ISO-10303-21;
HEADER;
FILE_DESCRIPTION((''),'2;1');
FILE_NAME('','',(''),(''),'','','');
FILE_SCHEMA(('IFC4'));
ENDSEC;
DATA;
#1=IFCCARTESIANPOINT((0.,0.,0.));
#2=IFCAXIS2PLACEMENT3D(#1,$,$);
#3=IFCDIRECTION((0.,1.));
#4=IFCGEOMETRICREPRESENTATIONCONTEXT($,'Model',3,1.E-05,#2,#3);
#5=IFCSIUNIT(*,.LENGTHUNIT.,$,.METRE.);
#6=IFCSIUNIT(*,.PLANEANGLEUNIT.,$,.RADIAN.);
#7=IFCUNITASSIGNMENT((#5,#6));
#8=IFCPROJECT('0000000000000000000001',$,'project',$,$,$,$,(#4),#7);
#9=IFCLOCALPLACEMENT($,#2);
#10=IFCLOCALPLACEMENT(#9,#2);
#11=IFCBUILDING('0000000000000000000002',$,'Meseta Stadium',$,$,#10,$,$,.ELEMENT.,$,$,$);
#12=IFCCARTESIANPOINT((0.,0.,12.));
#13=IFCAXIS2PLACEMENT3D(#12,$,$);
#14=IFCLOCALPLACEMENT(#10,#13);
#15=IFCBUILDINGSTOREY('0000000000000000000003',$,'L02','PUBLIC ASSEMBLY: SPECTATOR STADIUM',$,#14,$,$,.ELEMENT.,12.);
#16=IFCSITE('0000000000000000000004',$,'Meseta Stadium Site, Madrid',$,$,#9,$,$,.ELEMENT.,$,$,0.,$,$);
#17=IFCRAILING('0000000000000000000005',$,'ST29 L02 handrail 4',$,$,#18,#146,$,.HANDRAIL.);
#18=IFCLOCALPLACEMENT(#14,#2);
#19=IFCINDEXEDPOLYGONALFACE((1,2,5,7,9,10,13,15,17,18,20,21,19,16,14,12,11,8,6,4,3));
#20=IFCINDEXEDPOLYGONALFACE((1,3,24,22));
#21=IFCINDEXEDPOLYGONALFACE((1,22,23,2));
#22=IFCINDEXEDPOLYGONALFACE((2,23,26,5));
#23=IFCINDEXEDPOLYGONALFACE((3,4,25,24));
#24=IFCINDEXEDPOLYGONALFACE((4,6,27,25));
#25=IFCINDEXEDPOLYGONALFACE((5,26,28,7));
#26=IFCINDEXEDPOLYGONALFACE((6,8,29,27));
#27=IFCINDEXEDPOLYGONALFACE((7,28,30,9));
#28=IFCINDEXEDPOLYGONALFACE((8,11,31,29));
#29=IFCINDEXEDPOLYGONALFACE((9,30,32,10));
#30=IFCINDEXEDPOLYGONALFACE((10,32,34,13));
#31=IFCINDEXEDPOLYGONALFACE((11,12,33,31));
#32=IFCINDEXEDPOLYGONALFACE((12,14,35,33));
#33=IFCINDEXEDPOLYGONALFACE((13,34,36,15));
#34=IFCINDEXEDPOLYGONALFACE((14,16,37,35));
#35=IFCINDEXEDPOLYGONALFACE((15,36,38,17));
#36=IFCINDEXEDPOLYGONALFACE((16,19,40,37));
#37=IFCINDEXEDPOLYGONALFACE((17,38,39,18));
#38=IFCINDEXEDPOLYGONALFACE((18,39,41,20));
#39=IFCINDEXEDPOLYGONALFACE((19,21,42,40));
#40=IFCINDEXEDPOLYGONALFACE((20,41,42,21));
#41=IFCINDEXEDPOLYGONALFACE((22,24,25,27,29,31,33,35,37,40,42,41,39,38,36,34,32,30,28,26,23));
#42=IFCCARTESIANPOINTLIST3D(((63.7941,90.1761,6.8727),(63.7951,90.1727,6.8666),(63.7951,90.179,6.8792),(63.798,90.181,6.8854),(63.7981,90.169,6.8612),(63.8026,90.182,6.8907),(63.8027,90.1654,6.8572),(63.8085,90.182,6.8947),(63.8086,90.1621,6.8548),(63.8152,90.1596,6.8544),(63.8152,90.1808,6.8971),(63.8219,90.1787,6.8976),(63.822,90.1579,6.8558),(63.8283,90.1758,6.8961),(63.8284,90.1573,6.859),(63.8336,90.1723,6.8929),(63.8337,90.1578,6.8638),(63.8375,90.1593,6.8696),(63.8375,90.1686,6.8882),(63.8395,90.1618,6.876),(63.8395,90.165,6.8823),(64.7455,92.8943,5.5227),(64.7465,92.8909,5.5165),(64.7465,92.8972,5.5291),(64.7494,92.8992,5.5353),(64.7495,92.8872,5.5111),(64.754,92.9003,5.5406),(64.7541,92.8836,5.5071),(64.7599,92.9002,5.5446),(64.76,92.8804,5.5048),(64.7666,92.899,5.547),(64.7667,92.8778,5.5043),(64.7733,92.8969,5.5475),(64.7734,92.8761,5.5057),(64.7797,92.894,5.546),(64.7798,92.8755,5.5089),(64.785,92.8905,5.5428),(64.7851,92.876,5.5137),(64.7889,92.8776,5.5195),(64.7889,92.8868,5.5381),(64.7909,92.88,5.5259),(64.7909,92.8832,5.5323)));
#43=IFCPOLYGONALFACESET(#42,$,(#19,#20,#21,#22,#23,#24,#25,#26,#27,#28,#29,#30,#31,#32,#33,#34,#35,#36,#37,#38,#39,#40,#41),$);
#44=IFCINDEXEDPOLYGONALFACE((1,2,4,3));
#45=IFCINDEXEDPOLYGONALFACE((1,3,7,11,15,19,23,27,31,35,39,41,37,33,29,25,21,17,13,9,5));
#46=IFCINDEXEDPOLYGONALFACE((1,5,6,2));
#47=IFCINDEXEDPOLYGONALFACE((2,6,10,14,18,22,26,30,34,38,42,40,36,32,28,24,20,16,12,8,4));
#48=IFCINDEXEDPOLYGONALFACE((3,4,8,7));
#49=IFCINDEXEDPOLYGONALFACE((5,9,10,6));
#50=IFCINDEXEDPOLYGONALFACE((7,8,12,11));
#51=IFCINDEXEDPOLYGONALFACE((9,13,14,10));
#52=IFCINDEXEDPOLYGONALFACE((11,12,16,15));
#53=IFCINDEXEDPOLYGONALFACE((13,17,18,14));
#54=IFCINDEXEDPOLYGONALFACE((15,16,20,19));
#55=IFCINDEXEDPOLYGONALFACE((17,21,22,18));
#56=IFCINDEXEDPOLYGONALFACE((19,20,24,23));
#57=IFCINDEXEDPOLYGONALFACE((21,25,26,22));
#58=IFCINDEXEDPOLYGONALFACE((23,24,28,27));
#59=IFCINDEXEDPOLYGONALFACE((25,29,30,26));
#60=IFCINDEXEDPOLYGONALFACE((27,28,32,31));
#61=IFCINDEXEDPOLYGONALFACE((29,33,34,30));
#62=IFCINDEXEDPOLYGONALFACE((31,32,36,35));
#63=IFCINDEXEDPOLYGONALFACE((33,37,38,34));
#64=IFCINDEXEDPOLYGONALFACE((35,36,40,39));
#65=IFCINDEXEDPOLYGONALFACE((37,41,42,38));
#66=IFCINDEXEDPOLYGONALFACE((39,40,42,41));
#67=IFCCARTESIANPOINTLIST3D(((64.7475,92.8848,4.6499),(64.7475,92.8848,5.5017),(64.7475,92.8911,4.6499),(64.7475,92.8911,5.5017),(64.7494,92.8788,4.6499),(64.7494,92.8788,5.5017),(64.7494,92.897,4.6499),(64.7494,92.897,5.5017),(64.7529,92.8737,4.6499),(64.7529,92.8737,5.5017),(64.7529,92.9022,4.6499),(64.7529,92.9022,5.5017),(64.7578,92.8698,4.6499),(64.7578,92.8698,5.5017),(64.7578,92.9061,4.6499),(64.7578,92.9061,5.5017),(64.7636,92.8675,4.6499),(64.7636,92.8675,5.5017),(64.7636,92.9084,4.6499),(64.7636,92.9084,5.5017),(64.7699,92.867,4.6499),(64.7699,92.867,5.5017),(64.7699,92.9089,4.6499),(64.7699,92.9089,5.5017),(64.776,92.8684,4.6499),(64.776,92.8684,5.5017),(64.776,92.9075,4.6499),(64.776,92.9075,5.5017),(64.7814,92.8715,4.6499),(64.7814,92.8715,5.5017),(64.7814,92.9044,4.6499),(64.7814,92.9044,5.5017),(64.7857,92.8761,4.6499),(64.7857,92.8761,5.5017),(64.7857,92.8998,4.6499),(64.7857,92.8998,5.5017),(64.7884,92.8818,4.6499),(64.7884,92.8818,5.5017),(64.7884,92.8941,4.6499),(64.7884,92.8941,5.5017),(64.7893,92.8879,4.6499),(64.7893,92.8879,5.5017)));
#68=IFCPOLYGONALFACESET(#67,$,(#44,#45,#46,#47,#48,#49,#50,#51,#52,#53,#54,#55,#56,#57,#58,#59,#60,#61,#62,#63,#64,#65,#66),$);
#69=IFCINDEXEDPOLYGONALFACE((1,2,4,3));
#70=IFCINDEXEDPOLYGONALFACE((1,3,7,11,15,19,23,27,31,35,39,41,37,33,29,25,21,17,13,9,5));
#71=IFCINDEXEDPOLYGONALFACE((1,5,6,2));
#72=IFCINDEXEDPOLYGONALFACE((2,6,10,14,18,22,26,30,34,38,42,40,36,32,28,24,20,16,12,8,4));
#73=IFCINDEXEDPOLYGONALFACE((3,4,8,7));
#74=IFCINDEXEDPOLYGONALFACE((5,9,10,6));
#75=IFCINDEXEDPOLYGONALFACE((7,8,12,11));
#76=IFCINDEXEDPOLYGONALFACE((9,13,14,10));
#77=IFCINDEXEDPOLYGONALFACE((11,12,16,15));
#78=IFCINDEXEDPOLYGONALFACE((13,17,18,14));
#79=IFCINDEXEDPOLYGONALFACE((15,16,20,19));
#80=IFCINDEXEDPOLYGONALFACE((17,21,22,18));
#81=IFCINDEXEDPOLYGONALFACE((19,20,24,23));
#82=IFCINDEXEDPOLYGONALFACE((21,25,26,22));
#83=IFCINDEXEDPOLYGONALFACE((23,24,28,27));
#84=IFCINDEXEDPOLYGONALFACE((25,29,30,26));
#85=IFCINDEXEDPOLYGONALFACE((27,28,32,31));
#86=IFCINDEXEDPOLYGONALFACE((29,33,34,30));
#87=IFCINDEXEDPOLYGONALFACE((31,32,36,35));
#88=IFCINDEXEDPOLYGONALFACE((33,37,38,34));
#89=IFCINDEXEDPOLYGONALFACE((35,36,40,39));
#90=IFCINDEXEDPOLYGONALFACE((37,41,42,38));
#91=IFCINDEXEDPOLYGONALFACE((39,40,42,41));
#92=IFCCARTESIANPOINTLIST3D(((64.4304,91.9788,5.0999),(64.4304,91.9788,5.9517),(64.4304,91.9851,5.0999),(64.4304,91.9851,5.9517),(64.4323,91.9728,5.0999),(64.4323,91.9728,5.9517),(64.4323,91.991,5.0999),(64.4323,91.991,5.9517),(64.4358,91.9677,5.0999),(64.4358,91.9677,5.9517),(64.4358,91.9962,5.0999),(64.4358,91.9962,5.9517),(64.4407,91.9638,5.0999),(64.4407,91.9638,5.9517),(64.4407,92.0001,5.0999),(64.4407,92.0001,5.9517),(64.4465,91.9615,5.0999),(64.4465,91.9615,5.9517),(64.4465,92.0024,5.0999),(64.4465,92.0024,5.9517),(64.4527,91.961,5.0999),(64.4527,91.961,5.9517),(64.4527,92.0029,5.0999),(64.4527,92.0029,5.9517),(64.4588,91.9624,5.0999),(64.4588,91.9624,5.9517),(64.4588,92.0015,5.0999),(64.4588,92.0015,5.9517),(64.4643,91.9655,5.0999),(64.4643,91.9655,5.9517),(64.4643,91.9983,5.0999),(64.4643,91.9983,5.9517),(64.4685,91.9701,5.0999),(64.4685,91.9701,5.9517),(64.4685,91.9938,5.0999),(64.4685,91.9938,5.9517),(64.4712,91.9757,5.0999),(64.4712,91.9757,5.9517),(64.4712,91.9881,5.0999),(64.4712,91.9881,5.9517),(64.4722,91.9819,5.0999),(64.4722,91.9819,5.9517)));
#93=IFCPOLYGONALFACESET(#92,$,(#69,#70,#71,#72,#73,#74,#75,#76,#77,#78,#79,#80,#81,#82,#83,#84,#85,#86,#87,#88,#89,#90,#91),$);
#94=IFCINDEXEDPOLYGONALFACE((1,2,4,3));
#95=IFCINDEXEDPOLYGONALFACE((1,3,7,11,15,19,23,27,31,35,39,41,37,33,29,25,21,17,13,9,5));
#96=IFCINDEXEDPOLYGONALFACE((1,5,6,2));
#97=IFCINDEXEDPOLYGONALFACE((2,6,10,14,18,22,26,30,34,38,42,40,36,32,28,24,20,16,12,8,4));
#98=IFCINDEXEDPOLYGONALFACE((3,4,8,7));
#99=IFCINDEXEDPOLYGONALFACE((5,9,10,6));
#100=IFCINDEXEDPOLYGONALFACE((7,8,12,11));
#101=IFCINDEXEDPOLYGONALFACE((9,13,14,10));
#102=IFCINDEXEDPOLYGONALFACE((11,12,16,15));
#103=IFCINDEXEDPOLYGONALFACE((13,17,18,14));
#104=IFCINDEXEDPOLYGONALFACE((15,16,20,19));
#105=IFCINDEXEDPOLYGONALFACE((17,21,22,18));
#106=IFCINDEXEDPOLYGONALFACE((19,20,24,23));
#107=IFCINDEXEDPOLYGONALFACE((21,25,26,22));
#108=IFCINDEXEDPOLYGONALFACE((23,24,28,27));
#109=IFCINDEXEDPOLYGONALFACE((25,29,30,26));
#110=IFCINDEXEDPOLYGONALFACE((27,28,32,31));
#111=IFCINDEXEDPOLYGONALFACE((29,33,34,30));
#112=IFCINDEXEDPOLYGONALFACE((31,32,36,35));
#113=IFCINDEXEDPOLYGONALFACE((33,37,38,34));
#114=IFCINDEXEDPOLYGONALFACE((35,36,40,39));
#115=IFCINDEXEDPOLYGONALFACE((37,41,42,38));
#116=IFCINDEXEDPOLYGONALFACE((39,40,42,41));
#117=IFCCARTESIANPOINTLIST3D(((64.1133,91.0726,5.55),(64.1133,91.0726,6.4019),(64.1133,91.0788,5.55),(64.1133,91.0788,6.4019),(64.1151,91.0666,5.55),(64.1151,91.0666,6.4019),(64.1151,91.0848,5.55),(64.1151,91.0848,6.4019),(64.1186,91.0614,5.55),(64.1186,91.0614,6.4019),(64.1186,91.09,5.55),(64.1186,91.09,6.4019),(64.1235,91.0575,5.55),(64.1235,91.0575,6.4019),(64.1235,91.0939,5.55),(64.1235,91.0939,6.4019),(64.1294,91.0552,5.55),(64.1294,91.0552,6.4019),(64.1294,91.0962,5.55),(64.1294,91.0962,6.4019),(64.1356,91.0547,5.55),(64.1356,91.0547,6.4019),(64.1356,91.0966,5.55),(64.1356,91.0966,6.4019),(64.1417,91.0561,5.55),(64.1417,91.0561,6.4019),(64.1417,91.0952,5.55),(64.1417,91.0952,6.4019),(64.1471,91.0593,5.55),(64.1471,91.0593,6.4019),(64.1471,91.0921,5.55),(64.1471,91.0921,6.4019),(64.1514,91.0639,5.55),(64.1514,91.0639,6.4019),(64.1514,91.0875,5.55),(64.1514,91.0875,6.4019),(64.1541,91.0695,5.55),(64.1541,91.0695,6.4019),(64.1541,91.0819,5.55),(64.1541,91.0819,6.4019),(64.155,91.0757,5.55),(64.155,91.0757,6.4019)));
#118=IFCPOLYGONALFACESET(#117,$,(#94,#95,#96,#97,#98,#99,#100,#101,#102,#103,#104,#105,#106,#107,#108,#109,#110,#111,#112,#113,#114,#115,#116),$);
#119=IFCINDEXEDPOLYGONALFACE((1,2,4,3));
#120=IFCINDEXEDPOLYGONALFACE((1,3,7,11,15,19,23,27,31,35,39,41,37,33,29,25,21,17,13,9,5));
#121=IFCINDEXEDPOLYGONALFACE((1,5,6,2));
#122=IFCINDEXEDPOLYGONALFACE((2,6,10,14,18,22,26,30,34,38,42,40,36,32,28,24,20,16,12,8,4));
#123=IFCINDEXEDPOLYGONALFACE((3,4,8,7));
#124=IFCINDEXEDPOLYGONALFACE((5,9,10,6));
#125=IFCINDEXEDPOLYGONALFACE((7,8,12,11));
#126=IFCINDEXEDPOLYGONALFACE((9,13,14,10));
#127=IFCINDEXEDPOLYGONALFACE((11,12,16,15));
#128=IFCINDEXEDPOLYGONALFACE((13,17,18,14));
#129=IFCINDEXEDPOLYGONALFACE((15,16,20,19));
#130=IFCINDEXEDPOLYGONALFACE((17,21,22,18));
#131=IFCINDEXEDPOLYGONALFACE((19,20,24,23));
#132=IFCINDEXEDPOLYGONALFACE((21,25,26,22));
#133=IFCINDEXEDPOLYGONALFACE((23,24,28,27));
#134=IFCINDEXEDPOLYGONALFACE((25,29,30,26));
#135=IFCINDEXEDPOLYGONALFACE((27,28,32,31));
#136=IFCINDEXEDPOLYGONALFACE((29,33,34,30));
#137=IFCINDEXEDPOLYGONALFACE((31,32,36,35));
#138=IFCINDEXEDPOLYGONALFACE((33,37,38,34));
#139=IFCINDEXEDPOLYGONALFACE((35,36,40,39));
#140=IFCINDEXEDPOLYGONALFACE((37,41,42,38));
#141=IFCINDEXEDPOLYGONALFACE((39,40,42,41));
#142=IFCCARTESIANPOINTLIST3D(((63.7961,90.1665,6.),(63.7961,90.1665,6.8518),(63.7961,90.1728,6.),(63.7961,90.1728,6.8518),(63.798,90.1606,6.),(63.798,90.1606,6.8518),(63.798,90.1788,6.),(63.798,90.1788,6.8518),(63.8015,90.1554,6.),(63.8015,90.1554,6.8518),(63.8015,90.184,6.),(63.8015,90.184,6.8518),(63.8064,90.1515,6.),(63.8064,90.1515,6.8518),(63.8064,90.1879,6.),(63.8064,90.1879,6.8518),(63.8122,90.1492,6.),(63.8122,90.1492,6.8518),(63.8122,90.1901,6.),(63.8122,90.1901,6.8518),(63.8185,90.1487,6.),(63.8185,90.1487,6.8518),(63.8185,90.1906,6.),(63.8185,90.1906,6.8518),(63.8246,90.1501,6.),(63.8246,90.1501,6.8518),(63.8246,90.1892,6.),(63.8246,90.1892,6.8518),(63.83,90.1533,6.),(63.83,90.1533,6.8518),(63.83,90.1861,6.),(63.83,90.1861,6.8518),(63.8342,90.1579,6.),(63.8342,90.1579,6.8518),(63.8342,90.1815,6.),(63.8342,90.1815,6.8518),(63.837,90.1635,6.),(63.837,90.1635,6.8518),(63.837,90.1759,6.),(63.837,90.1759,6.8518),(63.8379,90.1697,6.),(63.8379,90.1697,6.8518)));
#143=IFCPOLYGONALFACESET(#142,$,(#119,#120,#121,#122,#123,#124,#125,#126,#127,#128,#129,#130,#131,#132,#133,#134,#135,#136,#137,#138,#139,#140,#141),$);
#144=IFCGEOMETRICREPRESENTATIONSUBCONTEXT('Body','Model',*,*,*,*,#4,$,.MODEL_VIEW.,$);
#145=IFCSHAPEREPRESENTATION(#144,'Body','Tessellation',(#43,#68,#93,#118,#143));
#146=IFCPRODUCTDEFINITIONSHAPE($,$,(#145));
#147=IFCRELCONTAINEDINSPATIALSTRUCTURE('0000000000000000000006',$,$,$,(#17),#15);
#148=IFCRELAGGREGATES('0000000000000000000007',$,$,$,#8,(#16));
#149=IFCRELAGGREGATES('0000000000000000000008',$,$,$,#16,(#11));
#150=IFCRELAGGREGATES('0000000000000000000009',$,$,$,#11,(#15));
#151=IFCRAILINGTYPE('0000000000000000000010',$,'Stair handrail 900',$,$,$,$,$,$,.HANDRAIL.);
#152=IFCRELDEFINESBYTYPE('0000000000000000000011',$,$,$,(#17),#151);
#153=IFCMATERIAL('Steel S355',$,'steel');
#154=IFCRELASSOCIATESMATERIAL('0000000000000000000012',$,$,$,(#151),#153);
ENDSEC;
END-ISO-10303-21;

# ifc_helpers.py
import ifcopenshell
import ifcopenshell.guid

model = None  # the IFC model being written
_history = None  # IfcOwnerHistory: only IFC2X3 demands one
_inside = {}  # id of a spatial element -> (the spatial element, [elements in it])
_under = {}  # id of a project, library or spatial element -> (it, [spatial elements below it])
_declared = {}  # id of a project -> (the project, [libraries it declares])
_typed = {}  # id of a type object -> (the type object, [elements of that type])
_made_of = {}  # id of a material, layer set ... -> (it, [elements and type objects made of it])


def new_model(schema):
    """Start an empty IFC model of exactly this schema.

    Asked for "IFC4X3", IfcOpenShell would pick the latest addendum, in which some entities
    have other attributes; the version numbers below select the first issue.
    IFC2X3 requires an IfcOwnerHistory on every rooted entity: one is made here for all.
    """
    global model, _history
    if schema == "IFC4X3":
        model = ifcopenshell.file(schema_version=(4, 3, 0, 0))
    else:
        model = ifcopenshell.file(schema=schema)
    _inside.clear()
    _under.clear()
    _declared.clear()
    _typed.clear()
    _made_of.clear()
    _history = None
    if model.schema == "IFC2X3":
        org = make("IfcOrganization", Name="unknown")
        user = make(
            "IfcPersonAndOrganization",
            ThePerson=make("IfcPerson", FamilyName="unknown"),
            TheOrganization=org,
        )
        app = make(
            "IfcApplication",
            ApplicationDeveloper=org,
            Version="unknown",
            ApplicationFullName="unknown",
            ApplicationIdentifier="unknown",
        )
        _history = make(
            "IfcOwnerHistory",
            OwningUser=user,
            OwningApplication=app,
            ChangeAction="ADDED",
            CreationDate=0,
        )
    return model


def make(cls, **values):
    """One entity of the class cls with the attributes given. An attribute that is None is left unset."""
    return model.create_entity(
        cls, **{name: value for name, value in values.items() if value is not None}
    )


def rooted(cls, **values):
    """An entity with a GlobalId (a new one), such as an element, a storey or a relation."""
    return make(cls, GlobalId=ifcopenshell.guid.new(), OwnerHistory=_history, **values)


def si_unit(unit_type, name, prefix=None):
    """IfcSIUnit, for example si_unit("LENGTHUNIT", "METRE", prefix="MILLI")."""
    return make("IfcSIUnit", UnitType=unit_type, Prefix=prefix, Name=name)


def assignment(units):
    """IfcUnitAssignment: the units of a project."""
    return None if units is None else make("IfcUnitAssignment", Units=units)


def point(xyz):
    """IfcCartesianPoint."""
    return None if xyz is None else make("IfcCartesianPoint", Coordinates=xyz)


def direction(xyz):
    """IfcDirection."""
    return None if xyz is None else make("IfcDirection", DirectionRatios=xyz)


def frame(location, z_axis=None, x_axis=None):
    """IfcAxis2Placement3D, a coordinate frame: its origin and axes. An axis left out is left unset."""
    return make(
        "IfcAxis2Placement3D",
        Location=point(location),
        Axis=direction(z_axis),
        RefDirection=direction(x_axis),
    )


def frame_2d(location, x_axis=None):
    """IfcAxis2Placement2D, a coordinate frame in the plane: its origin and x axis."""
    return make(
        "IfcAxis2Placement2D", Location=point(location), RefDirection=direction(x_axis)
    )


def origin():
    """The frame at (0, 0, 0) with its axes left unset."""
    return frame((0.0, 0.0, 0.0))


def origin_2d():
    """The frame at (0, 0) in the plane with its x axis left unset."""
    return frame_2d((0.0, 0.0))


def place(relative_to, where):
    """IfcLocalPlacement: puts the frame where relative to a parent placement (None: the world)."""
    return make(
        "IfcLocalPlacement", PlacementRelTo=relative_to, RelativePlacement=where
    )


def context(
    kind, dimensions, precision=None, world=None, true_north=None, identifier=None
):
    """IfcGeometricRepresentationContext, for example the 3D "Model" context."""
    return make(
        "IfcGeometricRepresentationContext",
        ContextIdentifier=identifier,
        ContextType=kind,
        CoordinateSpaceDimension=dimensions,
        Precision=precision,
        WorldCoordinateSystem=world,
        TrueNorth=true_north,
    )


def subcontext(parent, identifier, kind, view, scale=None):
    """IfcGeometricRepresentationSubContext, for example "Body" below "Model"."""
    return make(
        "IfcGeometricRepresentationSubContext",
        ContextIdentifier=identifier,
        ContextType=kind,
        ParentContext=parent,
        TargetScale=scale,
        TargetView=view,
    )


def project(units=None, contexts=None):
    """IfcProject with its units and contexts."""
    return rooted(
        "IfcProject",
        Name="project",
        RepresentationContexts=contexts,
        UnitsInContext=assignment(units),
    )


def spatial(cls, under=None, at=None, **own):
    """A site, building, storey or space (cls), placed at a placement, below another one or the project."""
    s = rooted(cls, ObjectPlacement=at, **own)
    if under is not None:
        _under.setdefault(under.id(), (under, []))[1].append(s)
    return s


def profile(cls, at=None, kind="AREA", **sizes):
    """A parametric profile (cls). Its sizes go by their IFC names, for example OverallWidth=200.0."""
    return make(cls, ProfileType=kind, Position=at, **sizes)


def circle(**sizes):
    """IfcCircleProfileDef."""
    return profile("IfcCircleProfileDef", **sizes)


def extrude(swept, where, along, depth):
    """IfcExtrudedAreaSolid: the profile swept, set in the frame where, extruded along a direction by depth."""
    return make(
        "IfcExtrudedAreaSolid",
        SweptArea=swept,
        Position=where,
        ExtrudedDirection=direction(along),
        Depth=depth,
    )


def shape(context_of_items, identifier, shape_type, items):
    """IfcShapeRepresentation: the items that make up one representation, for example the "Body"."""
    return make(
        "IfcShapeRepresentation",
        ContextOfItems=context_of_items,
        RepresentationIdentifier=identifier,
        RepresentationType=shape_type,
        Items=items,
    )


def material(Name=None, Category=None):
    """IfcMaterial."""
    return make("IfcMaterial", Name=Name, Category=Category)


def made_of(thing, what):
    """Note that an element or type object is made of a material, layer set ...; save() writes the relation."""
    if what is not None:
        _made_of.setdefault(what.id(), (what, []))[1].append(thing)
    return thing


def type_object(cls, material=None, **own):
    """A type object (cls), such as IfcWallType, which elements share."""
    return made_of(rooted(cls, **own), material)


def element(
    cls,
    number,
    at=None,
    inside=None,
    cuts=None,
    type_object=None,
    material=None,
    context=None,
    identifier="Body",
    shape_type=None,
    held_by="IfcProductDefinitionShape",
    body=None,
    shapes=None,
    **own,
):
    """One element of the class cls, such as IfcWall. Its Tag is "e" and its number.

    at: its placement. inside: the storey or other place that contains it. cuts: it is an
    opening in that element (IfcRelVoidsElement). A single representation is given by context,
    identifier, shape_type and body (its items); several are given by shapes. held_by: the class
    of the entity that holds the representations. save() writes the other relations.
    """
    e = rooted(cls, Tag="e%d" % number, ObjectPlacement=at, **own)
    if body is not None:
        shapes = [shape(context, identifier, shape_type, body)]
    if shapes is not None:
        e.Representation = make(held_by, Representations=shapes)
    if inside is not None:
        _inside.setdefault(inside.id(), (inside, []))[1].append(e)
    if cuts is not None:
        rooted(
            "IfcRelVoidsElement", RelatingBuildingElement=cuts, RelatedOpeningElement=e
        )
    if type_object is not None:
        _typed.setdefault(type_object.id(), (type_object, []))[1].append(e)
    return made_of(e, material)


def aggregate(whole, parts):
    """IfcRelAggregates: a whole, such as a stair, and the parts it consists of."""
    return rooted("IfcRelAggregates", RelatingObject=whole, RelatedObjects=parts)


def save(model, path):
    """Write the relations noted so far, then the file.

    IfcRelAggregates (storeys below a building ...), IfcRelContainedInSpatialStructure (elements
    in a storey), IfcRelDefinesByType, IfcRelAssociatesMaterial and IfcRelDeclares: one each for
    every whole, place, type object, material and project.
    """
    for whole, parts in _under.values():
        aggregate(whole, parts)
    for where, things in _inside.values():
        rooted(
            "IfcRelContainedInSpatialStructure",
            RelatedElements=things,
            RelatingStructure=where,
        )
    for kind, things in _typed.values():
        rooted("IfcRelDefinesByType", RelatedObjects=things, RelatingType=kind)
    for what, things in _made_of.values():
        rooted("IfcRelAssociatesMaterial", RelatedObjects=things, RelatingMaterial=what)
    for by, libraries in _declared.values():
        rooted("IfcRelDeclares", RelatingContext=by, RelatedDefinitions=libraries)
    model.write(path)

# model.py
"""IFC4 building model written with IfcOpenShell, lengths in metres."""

from ifc_helpers import new_model, si_unit, direction, frame, origin, origin_2d, place, context, subcontext, project, spatial, circle, extrude, material, type_object, element, save


model = new_model("IFC4")

# Units and contexts
model_context = context("Model", 3, precision=1e-05, world=origin(), true_north=direction((0.0, 1.0)))
body_context = subcontext(model_context, "Body", "Model", "MODEL_VIEW")
ifc_project = project(units=[si_unit("LENGTHUNIT", "METRE"), si_unit("PLANEANGLEUNIT", "RADIAN")], contexts=[model_context])

# Site, building, storey
site_placement = place(None, origin())
site = spatial("IfcSite", under=ifc_project, at=site_placement, Name="Meseta Stadium Site, Madrid", CompositionType="ELEMENT", RefElevation=0.0)
building_placement = place(site_placement, origin())
building = spatial("IfcBuilding", under=site, at=building_placement, Name="Meseta Stadium", CompositionType="ELEMENT")
storey_placement = place(building_placement, frame((0.0, 0.0, 12.0)))
storey = spatial("IfcBuildingStorey", under=building, at=storey_placement, Name="L02", Description="PUBLIC ASSEMBLY: SPECTATOR STADIUM", CompositionType="ELEMENT", Elevation=12.0)

# Railing
ifc_material_1 = material(Name="Steel S355", Category="steel")
railing_type_1 = type_object("IfcRailingType", Name="Stair handrail 900", PredefinedType="HANDRAIL", material=ifc_material_1)
for number, where, name in (
    (1, (64.7683, 92.8879, 4.6499), "ST29 L02 handrail 4"),
):
    element("IfcRailing", number, at=place(storey_placement, frame(where)), inside=storey, type_object=railing_type_1, Name=name, PredefinedType="HANDRAIL", context=body_context, shape_type="SweptSolid", body=[
        extrude(circle(Radius=0.0239, at=origin_2d()), frame((0.0, 0.0, 0.876), z_axis=(-0.299121, -0.854609, 0.424465), x_axis=(0.943856, -0.330358, 0.0)), (0.0, 0.0, 1.0), 3.1807),
        extrude(circle(Radius=0.021, at=origin_2d()), origin(), (0.0, 0.0, 1.0), 0.8518),
        extrude(circle(Radius=0.021, at=origin_2d()), frame((-0.3171, -0.906, 0.45)), (0.0, 0.0, 1.0), 0.8518),
        extrude(circle(Radius=0.021, at=origin_2d()), frame((-0.6343, -1.8123, 0.9001)), (0.0, 0.0, 1.0), 0.8518),
        extrude(circle(Radius=0.021, at=origin_2d()), frame((-0.9514, -2.7183, 1.3501)), (0.0, 0.0, 1.0), 0.8518),
    ])

save(model, "model.ifc")
